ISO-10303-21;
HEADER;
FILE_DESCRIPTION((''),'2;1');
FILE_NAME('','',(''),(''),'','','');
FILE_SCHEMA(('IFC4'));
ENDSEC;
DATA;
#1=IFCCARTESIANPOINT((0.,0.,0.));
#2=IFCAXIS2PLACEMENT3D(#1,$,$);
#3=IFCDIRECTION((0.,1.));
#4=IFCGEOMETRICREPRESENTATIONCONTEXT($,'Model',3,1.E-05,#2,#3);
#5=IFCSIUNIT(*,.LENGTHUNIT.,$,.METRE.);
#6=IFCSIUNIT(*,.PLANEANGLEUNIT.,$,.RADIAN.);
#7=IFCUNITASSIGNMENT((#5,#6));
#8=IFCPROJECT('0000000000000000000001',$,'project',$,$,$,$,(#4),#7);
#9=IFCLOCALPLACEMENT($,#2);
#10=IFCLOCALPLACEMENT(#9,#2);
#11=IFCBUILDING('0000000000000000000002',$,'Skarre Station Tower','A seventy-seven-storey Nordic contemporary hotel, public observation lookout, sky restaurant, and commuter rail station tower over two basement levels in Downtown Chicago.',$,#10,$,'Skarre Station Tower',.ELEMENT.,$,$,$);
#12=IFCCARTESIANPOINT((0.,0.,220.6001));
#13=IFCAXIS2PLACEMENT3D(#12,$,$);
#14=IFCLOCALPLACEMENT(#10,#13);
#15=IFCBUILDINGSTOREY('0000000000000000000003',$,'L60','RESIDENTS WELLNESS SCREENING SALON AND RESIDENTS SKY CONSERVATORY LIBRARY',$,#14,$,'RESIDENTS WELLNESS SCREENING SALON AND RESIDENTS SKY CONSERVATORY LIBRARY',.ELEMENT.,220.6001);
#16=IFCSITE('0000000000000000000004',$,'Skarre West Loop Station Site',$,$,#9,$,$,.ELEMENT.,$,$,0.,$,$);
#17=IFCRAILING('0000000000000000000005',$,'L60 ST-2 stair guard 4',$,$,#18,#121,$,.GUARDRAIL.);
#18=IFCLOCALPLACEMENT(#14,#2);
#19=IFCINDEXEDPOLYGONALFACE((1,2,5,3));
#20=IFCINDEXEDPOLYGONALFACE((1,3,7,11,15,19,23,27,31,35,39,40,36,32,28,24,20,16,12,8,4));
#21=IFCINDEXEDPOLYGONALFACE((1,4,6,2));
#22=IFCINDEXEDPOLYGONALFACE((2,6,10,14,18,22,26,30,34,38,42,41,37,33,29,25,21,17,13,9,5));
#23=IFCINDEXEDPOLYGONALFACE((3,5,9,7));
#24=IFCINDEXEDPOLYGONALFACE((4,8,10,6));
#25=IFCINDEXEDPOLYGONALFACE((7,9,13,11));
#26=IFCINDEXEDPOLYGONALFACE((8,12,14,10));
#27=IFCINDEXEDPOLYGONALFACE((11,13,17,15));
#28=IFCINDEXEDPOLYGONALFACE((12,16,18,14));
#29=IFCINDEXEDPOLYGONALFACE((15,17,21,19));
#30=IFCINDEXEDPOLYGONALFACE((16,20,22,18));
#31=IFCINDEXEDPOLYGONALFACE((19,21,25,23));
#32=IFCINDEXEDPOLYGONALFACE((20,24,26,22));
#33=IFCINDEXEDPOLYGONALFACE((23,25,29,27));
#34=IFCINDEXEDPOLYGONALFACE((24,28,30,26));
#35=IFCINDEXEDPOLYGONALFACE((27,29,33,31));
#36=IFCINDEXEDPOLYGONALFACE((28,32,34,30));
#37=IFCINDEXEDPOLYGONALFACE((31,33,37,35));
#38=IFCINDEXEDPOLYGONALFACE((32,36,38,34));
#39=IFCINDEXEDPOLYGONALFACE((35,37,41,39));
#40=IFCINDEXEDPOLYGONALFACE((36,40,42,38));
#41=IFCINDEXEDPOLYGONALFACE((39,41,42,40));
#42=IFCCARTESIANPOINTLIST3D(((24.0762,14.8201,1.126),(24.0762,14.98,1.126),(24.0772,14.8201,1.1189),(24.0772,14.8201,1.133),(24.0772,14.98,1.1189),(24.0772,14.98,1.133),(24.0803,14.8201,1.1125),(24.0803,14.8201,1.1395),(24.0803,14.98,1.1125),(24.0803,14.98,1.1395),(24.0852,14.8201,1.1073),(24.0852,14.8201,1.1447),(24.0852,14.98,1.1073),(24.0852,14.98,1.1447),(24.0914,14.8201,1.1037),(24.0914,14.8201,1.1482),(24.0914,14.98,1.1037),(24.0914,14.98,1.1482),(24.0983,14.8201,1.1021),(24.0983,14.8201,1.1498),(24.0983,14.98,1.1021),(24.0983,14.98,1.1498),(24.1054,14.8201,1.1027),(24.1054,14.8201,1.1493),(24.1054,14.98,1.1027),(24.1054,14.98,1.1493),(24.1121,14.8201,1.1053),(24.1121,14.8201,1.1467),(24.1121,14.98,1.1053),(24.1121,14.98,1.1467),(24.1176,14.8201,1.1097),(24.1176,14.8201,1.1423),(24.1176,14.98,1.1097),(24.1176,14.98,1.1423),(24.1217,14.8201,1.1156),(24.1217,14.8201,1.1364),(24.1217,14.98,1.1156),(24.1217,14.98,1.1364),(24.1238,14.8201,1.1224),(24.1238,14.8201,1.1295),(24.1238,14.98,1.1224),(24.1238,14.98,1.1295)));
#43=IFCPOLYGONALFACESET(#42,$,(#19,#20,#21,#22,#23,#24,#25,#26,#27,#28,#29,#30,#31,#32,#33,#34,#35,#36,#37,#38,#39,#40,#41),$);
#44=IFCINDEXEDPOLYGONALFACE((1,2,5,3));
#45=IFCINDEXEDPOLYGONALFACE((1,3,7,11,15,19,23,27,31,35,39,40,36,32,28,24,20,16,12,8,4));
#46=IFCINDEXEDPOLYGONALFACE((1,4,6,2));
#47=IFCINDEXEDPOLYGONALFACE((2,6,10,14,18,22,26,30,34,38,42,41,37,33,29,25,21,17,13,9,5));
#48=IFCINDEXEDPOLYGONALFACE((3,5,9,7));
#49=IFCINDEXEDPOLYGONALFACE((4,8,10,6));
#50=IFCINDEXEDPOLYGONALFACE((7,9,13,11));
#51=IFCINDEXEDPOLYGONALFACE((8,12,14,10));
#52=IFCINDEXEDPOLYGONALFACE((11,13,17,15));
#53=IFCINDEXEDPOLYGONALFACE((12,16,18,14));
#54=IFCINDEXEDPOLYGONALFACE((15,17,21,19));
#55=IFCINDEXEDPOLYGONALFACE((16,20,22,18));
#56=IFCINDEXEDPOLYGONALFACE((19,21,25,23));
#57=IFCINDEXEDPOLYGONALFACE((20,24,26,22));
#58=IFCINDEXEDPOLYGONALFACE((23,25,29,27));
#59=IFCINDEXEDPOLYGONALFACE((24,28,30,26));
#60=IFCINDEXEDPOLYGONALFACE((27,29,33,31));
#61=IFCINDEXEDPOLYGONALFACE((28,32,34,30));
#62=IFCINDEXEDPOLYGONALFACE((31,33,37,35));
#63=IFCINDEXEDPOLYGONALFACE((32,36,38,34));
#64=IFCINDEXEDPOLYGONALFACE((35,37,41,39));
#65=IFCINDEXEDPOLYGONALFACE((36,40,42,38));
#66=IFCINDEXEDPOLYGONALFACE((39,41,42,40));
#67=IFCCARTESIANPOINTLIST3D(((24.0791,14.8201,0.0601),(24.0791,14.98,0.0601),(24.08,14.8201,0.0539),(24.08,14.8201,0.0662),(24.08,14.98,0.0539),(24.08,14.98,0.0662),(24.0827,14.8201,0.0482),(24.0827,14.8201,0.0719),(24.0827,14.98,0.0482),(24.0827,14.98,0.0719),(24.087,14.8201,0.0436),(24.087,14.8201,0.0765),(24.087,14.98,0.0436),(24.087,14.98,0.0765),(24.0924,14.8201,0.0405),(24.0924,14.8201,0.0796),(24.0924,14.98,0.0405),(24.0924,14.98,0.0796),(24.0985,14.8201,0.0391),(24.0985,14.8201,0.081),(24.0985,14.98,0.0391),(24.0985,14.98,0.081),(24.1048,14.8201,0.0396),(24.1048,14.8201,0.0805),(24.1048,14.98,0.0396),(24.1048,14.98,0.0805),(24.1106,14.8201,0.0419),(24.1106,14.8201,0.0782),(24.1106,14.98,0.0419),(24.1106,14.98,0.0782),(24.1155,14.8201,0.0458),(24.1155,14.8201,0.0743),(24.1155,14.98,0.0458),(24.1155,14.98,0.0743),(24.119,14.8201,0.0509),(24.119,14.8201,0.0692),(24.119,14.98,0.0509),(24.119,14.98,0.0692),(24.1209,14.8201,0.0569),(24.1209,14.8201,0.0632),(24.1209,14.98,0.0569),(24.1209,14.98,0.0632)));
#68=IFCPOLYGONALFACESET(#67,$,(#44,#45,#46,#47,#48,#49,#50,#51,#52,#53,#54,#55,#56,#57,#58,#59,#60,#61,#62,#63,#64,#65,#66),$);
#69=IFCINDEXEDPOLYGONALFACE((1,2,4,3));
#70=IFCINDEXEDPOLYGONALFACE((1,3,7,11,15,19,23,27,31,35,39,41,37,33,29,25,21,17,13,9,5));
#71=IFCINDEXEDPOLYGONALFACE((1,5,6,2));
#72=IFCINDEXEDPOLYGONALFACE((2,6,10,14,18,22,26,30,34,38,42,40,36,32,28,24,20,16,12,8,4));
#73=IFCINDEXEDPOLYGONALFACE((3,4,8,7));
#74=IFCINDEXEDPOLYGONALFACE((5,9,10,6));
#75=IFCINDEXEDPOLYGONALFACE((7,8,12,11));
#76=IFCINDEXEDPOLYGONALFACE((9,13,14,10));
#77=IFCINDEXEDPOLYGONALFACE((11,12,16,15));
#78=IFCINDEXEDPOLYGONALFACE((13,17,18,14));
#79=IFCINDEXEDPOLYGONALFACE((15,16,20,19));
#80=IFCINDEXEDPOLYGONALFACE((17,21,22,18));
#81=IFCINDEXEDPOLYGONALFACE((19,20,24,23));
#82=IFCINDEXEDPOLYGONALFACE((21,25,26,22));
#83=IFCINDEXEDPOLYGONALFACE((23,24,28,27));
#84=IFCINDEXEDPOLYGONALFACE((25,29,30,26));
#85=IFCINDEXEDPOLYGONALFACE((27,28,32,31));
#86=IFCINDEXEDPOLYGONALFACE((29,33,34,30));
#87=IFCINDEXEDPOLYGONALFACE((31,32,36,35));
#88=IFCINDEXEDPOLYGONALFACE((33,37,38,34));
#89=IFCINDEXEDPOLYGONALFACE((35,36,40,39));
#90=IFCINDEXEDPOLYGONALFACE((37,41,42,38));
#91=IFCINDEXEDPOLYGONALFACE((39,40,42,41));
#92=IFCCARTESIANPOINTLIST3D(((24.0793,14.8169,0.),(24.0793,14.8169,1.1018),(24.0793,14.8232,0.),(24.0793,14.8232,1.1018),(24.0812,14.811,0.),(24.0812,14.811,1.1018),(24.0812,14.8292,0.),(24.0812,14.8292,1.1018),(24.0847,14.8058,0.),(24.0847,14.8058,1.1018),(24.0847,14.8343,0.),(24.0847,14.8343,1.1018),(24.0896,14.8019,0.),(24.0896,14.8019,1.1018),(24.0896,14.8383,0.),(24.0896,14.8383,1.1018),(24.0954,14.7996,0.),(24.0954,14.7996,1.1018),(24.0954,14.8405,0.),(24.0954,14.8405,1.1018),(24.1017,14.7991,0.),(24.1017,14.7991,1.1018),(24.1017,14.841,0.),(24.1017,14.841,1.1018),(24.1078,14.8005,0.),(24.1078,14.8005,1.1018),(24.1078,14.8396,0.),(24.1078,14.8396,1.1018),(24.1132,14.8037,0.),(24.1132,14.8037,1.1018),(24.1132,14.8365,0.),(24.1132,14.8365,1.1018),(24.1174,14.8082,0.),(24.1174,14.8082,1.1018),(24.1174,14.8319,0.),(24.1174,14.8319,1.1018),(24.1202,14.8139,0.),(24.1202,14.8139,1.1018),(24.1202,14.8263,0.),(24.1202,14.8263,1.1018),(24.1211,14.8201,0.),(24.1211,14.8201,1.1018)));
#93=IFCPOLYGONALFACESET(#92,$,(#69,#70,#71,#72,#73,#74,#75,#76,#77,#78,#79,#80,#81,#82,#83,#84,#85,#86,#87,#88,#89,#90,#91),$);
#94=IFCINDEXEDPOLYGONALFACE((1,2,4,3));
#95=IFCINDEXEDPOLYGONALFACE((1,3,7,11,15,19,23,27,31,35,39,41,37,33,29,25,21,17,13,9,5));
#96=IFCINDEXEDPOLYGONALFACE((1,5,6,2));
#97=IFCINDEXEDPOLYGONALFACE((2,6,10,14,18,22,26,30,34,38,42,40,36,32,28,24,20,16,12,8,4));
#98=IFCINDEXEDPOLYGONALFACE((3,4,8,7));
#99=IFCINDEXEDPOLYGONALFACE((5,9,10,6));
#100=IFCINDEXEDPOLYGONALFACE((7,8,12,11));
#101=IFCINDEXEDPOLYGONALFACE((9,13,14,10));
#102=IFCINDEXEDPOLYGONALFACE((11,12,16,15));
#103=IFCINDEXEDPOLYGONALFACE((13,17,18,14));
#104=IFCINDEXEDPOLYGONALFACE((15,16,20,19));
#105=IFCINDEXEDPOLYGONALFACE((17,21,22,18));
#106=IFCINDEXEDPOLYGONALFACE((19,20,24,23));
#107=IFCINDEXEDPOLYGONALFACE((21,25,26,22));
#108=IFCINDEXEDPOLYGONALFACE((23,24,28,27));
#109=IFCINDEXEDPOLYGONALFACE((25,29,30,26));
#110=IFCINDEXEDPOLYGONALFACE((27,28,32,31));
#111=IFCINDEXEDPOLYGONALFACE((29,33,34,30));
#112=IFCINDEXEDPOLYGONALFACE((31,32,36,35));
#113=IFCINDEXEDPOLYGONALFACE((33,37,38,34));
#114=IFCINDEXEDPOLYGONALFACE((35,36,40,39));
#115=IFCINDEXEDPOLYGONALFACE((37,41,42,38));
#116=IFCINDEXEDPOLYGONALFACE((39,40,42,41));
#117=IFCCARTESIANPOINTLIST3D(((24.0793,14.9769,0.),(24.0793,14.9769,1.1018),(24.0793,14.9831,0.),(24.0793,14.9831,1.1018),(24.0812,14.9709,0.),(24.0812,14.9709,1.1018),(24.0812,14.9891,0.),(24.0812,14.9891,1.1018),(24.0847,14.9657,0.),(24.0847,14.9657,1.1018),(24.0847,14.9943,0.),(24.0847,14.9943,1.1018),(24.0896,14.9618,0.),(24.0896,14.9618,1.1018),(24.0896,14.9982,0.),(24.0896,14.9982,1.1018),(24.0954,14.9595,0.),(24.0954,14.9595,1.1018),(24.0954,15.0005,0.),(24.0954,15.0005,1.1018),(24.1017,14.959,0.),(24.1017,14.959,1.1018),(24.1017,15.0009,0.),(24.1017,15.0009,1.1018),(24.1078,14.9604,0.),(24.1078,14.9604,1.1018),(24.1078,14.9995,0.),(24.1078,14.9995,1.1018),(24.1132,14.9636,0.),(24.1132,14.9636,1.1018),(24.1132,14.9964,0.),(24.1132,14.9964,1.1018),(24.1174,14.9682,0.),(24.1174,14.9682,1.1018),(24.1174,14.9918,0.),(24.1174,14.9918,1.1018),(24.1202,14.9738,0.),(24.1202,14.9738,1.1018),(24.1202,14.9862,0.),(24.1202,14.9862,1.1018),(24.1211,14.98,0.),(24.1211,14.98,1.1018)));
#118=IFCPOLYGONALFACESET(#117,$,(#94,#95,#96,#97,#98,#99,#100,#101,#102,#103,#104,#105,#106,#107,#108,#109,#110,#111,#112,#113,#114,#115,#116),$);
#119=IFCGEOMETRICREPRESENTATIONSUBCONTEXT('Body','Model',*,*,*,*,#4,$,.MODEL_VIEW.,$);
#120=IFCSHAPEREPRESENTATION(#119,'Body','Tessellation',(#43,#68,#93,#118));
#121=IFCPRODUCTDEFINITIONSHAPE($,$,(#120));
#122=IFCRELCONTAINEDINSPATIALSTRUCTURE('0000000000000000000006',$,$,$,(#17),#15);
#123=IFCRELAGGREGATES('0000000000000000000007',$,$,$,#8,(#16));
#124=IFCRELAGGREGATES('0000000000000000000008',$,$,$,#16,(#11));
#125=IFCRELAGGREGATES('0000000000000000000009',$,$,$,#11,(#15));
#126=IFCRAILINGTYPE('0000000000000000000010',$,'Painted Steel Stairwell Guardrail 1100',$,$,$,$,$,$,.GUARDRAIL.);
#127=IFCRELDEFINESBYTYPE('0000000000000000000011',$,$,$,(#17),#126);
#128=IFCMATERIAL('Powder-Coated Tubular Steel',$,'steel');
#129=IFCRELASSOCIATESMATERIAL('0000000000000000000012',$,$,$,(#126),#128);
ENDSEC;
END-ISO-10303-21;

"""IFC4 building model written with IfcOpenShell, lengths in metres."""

from ifc_helpers import new_model, si_unit, direction, frame, origin, origin_2d, place, context, subcontext, project, spatial, circle, extrude, material, type_object, element, save


model = new_model("IFC4")

# Units and contexts
model_context = context("Model", 3, precision=1e-05, world=origin(), true_north=direction((0.0, 1.0)))
body_context = subcontext(model_context, "Body", "Model", "MODEL_VIEW")
ifc_project = project(units=[si_unit("LENGTHUNIT", "METRE"), si_unit("PLANEANGLEUNIT", "RADIAN")], contexts=[model_context])

# Site, building, storey
site_placement = place(None, origin())
site = spatial("IfcSite", under=ifc_project, at=site_placement, Name="Skarre West Loop Station Site", CompositionType="ELEMENT", RefElevation=0.0)
building_placement = place(site_placement, origin())
building = spatial("IfcBuilding", under=site, at=building_placement, Name="Skarre Station Tower", Description="A seventy-seven-storey Nordic contemporary hotel, public observation lookout, sky restaurant, and commuter rail station tower over two basement levels in Downtown Chicago.", LongName="Skarre Station Tower", CompositionType="ELEMENT")
storey_placement = place(building_placement, frame((0.0, 0.0, 220.6001)))
storey = spatial("IfcBuildingStorey", under=building, at=storey_placement, Name="L60", Description="RESIDENTS WELLNESS SCREENING SALON AND RESIDENTS SKY CONSERVATORY LIBRARY", LongName="RESIDENTS WELLNESS SCREENING SALON AND RESIDENTS SKY CONSERVATORY LIBRARY", CompositionType="ELEMENT", Elevation=220.6001)

# Railing
ifc_material_1 = material(Name="Powder-Coated Tubular Steel", Category="steel")
railing_type_1 = type_object("IfcRailingType", Name="Painted Steel Stairwell Guardrail 1100", PredefinedType="GUARDRAIL", material=ifc_material_1)
railing_1_placement = place(storey_placement, frame((24.1001, 14.8201, 0.0)))
element("IfcRailing", 1, at=railing_1_placement, inside=storey, type_object=railing_type_1, Name="L60 ST-2 stair guard 4", PredefinedType="GUARDRAIL", context=body_context, shape_type="SweptSolid", body=[
    extrude(circle(Radius=0.0239, at=origin_2d()), frame((0.0, 0.0, 1.126), z_axis=(0.0, 1.0, 0.0), x_axis=(-1.0, 0.0, 0.0)), (0.0, 0.0, 1.0), 0.1599),
    extrude(circle(Radius=0.021, at=origin_2d()), frame((0.0, 0.0, 0.0601), z_axis=(0.0, 1.0, 0.0), x_axis=(-1.0, 0.0, 0.0)), (0.0, 0.0, 1.0), 0.1599),
    extrude(circle(Radius=0.021, at=origin_2d()), origin(), (0.0, 0.0, 1.0), 1.1018),
    extrude(circle(Radius=0.021, at=origin_2d()), frame((0.0, 0.1599, 0.0)), (0.0, 0.0, 1.0), 1.1018),
])

save(model, "model.ifc")
